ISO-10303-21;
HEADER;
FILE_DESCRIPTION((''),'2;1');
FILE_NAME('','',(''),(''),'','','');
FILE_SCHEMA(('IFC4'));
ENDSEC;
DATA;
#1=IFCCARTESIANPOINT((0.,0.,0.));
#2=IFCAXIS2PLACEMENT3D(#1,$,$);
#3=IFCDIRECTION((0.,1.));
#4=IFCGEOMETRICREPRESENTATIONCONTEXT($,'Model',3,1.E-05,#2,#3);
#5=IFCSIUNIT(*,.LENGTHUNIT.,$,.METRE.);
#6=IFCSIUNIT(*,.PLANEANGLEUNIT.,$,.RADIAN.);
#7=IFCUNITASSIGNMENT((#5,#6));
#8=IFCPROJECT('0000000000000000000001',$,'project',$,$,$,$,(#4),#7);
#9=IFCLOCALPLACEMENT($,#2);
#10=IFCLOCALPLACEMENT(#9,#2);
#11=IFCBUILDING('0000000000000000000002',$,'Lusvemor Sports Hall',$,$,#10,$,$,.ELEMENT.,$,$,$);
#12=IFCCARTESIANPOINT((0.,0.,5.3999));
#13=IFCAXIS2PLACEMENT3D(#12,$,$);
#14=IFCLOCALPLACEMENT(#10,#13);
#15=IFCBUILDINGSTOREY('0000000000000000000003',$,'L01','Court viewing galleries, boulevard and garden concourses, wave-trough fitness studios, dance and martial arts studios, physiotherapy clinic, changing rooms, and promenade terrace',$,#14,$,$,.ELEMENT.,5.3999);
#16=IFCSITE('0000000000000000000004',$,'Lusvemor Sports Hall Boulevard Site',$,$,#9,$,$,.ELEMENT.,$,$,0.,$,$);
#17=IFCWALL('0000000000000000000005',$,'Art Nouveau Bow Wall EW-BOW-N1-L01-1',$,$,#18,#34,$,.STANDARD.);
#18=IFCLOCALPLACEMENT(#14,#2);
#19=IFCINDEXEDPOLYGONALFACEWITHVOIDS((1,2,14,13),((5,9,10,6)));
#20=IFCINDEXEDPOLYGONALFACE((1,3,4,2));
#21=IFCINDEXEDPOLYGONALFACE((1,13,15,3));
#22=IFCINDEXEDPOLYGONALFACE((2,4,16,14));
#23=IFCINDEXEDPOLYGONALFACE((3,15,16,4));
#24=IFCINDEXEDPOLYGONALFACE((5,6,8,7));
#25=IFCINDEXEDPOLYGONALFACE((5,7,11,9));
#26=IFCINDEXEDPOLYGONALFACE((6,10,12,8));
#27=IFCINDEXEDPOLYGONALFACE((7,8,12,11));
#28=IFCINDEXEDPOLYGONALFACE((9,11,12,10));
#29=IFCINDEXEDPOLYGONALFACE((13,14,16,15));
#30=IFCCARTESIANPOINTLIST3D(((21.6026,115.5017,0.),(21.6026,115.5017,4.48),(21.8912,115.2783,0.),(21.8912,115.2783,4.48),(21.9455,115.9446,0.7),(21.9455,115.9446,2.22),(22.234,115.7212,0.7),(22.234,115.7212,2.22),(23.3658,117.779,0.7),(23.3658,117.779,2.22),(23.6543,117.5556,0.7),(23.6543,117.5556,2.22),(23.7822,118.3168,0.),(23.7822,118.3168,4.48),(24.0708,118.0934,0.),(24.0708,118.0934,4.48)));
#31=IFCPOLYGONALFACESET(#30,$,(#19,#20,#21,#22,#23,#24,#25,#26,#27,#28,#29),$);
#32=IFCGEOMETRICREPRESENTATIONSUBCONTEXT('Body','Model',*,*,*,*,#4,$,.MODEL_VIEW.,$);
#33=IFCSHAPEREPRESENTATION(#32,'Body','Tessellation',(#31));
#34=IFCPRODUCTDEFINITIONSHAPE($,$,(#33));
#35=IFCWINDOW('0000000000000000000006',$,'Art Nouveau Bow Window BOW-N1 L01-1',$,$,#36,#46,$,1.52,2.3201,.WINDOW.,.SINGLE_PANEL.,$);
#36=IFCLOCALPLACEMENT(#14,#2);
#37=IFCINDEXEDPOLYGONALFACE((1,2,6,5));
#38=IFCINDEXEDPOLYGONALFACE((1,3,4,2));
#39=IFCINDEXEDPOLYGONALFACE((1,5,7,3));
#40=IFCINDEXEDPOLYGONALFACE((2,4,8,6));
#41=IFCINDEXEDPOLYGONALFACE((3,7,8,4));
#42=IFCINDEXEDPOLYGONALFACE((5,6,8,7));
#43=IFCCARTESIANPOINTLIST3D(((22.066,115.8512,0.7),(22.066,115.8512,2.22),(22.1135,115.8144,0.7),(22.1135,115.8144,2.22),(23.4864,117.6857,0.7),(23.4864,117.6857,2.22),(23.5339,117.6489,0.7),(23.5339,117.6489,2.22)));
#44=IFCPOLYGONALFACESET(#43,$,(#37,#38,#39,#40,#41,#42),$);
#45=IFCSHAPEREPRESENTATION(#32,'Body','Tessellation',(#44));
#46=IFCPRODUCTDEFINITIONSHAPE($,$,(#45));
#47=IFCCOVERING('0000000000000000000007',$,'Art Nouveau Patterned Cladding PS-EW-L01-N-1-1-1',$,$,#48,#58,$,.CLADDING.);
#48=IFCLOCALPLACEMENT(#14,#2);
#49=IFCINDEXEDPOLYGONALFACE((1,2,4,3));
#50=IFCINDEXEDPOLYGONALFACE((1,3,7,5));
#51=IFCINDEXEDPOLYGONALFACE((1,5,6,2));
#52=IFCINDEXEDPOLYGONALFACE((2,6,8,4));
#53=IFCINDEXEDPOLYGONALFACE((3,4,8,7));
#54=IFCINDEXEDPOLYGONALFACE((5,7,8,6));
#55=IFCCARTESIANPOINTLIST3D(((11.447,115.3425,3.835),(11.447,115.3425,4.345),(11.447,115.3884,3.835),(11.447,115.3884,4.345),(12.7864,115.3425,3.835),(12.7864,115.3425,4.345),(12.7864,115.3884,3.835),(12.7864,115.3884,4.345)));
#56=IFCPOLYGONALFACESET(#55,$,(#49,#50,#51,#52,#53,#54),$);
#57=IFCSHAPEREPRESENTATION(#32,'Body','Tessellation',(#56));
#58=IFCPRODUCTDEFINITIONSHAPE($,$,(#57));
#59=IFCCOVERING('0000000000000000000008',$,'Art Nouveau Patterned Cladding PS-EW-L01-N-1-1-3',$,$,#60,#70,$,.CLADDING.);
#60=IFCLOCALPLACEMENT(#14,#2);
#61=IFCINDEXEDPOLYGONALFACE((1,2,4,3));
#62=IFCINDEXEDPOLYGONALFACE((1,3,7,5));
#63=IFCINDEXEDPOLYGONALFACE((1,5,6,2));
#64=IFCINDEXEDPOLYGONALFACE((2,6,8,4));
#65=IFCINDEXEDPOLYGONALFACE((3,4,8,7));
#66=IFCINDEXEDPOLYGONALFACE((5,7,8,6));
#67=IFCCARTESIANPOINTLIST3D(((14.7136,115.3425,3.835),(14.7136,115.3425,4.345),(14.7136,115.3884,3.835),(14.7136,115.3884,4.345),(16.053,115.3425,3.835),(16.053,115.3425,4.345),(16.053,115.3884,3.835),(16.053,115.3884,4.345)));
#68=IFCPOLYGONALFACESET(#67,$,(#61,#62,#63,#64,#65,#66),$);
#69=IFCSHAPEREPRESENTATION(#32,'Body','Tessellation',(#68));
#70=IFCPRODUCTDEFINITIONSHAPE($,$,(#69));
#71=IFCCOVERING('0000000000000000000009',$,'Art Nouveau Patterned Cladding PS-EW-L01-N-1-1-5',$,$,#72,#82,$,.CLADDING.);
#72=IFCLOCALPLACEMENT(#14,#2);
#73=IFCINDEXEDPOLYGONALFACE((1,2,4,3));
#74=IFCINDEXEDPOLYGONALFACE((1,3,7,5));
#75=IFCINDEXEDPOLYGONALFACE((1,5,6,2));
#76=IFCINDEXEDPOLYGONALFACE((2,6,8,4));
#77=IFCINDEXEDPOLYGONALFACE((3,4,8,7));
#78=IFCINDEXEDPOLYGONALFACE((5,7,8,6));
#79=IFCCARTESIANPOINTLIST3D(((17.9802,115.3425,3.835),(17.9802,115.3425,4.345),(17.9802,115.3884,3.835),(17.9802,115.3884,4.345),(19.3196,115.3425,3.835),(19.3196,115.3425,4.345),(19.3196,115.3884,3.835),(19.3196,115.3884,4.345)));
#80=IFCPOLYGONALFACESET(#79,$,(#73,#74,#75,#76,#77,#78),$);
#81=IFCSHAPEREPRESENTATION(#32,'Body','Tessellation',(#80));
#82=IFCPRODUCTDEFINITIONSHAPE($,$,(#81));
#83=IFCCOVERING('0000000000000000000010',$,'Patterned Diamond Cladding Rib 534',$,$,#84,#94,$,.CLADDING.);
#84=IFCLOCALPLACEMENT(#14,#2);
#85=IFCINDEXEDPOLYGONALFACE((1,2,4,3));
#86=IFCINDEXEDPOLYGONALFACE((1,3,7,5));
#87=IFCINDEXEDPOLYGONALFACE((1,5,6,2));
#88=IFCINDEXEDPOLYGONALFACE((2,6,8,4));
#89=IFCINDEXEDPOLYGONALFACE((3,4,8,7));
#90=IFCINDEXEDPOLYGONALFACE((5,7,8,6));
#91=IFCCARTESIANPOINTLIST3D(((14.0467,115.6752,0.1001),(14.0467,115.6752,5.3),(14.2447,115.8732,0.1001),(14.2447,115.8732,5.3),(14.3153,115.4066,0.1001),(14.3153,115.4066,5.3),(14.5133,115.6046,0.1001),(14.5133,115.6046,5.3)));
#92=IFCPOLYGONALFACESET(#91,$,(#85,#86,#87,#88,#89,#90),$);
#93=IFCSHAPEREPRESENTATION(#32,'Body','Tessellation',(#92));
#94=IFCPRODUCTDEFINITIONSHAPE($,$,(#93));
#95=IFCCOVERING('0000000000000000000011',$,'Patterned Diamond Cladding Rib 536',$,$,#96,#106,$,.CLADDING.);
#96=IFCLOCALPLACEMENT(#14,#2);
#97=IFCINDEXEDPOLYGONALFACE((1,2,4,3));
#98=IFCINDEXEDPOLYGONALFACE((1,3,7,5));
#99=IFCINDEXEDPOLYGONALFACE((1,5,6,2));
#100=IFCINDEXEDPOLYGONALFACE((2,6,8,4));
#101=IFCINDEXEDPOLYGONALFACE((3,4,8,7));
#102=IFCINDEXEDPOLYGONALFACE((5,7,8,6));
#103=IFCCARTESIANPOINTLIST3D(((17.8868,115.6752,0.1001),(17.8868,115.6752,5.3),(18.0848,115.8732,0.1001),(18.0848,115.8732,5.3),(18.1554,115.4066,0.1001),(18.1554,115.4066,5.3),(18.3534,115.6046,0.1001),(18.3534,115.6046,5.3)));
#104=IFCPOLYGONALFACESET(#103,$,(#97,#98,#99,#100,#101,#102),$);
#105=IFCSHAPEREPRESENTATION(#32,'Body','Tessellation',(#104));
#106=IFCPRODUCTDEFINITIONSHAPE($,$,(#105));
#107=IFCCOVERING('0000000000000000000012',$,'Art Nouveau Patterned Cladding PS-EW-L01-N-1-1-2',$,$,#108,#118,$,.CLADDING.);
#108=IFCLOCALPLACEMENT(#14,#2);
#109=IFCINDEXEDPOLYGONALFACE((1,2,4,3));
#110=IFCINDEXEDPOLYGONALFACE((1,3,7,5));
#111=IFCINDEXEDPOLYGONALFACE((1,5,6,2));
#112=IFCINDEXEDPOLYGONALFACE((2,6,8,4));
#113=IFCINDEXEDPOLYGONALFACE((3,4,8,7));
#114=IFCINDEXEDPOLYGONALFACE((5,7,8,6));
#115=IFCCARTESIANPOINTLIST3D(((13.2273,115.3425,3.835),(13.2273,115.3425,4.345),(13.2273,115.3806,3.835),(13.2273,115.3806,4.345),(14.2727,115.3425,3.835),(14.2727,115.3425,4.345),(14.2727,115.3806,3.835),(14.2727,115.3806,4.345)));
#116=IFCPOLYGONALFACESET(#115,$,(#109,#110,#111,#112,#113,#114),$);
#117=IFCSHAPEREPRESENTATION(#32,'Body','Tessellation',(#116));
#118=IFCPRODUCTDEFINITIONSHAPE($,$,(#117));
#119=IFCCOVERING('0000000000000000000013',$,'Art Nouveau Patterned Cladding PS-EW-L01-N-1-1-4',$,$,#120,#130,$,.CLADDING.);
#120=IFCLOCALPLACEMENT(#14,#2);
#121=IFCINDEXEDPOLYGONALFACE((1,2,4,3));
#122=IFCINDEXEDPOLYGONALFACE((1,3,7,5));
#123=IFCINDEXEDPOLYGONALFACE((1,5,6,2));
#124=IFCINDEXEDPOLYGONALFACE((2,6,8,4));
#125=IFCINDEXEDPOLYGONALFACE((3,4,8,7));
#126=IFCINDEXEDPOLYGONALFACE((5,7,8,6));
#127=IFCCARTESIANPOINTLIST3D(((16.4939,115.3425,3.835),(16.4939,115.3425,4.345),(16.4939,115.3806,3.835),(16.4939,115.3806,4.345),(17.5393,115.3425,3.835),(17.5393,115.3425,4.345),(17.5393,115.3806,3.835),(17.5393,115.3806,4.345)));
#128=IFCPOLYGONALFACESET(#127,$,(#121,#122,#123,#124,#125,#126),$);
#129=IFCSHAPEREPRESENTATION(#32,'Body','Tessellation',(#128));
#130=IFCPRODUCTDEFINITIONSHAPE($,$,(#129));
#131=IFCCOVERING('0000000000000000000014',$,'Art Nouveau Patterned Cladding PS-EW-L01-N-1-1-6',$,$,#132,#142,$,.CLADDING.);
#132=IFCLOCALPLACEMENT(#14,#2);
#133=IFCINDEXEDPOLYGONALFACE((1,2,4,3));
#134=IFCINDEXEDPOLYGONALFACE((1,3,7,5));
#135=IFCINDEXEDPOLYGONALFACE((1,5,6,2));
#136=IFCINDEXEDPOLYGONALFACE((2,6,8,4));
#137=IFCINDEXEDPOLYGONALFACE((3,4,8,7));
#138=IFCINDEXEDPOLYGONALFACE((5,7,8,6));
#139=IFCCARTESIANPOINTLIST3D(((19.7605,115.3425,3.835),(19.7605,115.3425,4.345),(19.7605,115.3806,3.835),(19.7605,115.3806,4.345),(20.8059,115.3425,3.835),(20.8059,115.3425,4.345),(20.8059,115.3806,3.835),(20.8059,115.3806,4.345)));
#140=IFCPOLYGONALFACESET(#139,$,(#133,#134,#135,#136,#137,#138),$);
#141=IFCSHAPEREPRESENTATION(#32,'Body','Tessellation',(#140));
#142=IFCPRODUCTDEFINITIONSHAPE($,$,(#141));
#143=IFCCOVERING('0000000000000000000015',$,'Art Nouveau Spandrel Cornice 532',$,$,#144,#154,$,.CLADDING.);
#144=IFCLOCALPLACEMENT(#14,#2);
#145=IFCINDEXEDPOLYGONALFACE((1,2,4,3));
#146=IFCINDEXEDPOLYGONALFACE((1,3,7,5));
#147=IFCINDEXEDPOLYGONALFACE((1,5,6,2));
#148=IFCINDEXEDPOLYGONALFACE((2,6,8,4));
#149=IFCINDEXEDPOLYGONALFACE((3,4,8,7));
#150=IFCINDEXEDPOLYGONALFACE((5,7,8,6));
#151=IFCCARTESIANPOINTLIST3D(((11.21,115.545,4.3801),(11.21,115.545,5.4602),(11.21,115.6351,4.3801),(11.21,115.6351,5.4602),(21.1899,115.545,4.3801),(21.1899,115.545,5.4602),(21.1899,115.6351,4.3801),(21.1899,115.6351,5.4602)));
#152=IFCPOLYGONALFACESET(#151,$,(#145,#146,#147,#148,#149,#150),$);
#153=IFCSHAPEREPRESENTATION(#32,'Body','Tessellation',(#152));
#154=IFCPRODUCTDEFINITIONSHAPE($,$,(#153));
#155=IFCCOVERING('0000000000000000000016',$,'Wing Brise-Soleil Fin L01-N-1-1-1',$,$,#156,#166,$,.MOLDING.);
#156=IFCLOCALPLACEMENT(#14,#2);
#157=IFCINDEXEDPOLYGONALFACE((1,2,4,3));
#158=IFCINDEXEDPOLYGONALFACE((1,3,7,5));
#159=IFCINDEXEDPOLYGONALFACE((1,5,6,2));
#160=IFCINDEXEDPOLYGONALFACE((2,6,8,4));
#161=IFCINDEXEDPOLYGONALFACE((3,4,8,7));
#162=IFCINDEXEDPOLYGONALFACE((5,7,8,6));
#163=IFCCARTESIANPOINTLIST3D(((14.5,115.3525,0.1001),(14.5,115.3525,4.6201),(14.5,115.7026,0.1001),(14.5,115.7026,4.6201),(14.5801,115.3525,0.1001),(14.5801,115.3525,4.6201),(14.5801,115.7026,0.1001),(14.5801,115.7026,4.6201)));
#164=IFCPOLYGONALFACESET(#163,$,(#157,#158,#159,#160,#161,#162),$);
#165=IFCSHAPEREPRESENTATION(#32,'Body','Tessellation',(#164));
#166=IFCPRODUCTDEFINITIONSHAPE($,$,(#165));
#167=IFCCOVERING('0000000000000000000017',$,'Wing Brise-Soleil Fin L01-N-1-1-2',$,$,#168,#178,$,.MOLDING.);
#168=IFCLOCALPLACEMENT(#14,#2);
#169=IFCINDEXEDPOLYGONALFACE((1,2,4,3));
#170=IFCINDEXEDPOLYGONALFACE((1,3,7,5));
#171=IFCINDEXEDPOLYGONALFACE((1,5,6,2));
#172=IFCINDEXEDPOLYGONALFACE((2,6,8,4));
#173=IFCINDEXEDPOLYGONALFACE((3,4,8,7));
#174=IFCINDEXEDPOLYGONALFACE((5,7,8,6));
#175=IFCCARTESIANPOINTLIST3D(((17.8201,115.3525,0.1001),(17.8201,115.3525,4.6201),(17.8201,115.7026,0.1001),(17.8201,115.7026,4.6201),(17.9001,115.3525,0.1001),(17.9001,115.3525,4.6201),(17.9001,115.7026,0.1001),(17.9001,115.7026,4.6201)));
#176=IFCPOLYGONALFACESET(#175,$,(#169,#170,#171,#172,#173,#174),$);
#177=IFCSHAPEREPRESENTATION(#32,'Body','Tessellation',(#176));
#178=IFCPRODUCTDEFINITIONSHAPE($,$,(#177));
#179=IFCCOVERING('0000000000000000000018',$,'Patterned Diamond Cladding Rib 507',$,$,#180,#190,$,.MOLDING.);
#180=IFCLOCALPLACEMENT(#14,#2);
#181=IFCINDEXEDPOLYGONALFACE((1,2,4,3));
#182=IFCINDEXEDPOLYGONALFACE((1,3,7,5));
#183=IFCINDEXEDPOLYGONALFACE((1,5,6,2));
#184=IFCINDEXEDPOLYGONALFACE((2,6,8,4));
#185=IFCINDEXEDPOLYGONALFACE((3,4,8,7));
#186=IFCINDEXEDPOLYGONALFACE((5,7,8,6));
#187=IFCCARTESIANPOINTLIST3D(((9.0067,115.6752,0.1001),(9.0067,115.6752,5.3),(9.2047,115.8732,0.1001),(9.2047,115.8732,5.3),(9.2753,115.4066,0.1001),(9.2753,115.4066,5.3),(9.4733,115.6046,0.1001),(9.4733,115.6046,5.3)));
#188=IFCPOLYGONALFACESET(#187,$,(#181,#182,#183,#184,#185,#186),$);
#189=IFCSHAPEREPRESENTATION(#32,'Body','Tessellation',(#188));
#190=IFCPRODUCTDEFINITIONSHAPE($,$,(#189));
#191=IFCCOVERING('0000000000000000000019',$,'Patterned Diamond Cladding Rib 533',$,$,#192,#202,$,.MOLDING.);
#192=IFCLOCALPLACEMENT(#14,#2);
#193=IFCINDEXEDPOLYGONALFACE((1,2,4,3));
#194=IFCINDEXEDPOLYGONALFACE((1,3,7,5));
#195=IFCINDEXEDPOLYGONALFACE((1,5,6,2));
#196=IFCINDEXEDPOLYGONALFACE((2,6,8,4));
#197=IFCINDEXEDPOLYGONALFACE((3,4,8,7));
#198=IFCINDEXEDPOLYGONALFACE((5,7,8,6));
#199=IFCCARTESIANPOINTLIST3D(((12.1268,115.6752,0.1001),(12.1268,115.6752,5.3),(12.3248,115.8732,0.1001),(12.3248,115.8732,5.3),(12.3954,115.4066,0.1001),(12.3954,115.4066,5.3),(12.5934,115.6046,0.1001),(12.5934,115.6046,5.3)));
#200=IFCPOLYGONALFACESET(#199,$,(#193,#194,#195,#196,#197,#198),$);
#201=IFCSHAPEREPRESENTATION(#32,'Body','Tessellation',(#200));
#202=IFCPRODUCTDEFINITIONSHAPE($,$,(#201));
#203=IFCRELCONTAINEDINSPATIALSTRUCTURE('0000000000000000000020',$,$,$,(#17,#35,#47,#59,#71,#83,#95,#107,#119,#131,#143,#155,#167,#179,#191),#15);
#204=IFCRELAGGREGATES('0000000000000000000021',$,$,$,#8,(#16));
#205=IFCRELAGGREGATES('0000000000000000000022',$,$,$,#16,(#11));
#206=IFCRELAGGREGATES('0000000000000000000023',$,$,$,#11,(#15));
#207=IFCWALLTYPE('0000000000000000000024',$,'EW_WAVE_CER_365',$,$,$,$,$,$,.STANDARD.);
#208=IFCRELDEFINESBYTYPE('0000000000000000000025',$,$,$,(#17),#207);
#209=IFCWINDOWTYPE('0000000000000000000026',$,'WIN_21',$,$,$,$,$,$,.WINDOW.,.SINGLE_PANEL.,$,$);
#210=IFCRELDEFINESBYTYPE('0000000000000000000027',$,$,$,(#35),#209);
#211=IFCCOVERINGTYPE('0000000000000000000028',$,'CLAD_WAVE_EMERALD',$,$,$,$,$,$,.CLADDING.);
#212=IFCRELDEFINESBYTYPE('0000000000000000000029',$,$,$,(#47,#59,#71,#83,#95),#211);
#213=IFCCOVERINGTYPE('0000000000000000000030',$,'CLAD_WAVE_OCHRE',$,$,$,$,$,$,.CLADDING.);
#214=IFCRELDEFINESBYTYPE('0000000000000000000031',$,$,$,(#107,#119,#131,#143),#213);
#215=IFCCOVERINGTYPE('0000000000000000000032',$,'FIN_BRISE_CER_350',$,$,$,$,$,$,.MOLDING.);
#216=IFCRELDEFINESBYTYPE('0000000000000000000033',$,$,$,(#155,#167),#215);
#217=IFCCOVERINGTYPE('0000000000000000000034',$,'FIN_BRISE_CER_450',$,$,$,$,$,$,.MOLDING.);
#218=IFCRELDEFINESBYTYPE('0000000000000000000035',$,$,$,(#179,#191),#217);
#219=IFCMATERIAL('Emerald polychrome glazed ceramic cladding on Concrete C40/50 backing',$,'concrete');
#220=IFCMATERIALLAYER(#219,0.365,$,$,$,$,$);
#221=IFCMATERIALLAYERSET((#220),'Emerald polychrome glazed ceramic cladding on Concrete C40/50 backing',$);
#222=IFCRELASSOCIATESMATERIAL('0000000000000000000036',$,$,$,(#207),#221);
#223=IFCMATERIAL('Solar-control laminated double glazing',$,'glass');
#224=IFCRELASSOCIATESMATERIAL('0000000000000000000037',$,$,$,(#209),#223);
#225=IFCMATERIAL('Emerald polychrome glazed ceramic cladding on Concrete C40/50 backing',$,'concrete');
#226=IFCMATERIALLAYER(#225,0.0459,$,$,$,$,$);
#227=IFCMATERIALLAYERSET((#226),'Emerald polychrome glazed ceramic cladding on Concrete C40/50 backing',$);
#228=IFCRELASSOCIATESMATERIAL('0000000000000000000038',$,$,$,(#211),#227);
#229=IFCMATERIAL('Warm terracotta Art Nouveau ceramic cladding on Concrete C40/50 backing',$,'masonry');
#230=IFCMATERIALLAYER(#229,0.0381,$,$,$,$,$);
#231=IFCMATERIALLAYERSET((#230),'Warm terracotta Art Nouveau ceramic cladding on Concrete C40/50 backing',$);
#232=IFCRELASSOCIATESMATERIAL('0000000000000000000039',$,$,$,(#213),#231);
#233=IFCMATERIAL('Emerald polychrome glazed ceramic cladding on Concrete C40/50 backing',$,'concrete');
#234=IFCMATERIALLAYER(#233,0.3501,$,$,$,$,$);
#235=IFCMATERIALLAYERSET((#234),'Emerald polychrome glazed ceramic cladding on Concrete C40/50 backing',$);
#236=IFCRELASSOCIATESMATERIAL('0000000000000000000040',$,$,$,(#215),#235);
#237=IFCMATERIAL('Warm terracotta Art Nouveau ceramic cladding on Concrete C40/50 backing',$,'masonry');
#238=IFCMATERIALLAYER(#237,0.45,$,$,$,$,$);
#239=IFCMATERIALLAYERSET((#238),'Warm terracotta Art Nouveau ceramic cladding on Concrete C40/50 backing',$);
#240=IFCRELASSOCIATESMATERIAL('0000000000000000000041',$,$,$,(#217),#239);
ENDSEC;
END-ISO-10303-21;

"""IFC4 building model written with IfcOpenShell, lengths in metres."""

from ifc_helpers import new_model, si_unit, direction, frame, frame_2d, origin, origin_2d, place, context, subcontext, project, spatial, rectangle, extrude, material, layer, layer_set, type_object, element, fill, save


model = new_model("IFC4")

# Units and contexts
model_context = context("Model", 3, precision=1e-05, world=origin(), true_north=direction((0.0, 1.0)))
body_context = subcontext(model_context, "Body", "Model", "MODEL_VIEW")
ifc_project = project(units=[si_unit("LENGTHUNIT", "METRE"), si_unit("PLANEANGLEUNIT", "RADIAN")], contexts=[model_context])

# Site, building, storey
site_placement = place(None, origin())
site = spatial("IfcSite", under=ifc_project, at=site_placement, Name="Lusvemor Sports Hall Boulevard Site", CompositionType="ELEMENT", RefElevation=0.0)
building_placement = place(site_placement, origin())
building = spatial("IfcBuilding", under=site, at=building_placement, Name="Lusvemor Sports Hall", CompositionType="ELEMENT")
storey_placement = place(building_placement, frame((0.0, 0.0, 5.3999)))
storey = spatial("IfcBuildingStorey", under=building, at=storey_placement, Name="L01", Description="Court viewing galleries, boulevard and garden concourses, wave-trough fitness studios, dance and martial arts studios, physiotherapy clinic, changing rooms, and promenade terrace", CompositionType="ELEMENT", Elevation=5.3999)

# Wall, opening, window
ifc_material_1 = material(Name="Emerald polychrome glazed ceramic cladding on Concrete C40/50 backing", Category="concrete")
ifc_layer_1 = layer(ifc_material_1, 0.365)
ifc_layer_set_1 = layer_set([ifc_layer_1], Name="Emerald polychrome glazed ceramic cladding on Concrete C40/50 backing")
wall_type = type_object("IfcWallType", Name="EW_WAVE_CER_365", PredefinedType="STANDARD", material=ifc_layer_set_1)
wall_placement = place(storey_placement, frame((21.7468, 115.3899, 0.0), z_axis=(0.0, 0.0, 1.0), x_axis=(0.612206, 0.790698, 0.0)))
wall = element("IfcWall", 1, at=wall_placement, inside=storey, type_object=wall_type, Name="Art Nouveau Bow Wall EW-BOW-N1-L01-1", PredefinedType="STANDARD", context=body_context, shape_type="SweptSolid", body=[
    extrude(rectangle(XDim=3.5603, YDim=0.365, at=frame_2d((1.7803, 0.0))), origin(), (0.0, 0.0, 1.0), 4.48),
])
opening_placement = place(wall_placement, frame((0.5601, 0.0, 0.7)))
opening = element("IfcOpeningElement", 2, at=opening_placement, cuts=wall, PredefinedType="OPENING", context=body_context, shape_type="SweptSolid", body=[
    extrude(rectangle(XDim=2.3201, YDim=1.52, at=frame_2d((1.1602, 0.76))), frame((0.0, 0.1826, 0.0), z_axis=(0.0, -1.0, 0.0), x_axis=(1.0, 0.0, 0.0)), (0.0, 0.0, 1.0), 0.365),
])
ifc_material_2 = material(Name="Solar-control laminated double glazing", Category="glass")
window_type = type_object("IfcWindowType", Name="WIN_21", PartitioningType="SINGLE_PANEL", PredefinedType="WINDOW", material=ifc_material_2)
window_placement = place(opening_placement, origin())
window = element("IfcWindow", 3, at=window_placement, inside=storey, type_object=window_type, Name="Art Nouveau Bow Window BOW-N1 L01-1", OverallHeight=1.52, OverallWidth=2.3201, PartitioningType="SINGLE_PANEL", PredefinedType="WINDOW", context=body_context, shape_type="SweptSolid", body=[
    extrude(rectangle(XDim=2.3201, YDim=1.52, at=frame_2d((1.1602, 0.76))), frame((0.0, 0.03, 0.0), z_axis=(0.0, -1.0, 0.0), x_axis=(1.0, 0.0, 0.0)), (0.0, 0.0, 1.0), 0.0601),
])
fill(opening, window)

# Coverings
ifc_material_3 = material(Name="Emerald polychrome glazed ceramic cladding on Concrete C40/50 backing", Category="concrete")
ifc_layer_2 = layer(ifc_material_3, 0.0459)
ifc_layer_set_2 = layer_set([ifc_layer_2], Name="Emerald polychrome glazed ceramic cladding on Concrete C40/50 backing")
covering_type_1 = type_object("IfcCoveringType", Name="CLAD_WAVE_EMERALD", PredefinedType="CLADDING", material=ifc_layer_set_2)
for number, where, z_axis, x_axis, name in (
    (4, (12.1167, 115.3655, 3.835), (0.0, 0.0, 1.0), (1.0, 0.0, 0.0), "Art Nouveau Patterned Cladding PS-EW-L01-N-1-1-1"),
    (5, (15.3833, 115.3655, 3.835), (0.0, 0.0, 1.0), (1.0, 0.0, 0.0), "Art Nouveau Patterned Cladding PS-EW-L01-N-1-1-3"),
    (6, (18.6499, 115.3655, 3.835), (0.0, 0.0, 1.0), (1.0, 0.0, 0.0), "Art Nouveau Patterned Cladding PS-EW-L01-N-1-1-5"),
):
    element("IfcCovering", number, at=place(storey_placement, frame(where, z_axis=z_axis, x_axis=x_axis)), inside=storey, type_object=covering_type_1, Name=name, PredefinedType="CLADDING", context=body_context, shape_type="SweptSolid", body=[
        extrude(rectangle(XDim=1.3394, YDim=0.0459, at=origin_2d()), origin(), (0.0, 0.0, 1.0), 0.51),
    ])
for number, where, z_axis, x_axis, name in (
    (7, (14.28, 115.6399, 0.1001), (0.0, 0.0, 1.0), (0.707107, 0.707107, 0.0), "Patterned Diamond Cladding Rib 534"),
    (8, (18.1201, 115.6399, 0.1001), (0.0, 0.0, 1.0), (0.707107, 0.707107, 0.0), "Patterned Diamond Cladding Rib 536"),
):
    element("IfcCovering", number, at=place(storey_placement, frame(where, z_axis=z_axis, x_axis=x_axis)), inside=storey, type_object=covering_type_1, Name=name, PredefinedType="CLADDING", context=body_context, shape_type="SweptSolid", body=[
        extrude(rectangle(XDim=0.28, YDim=0.3799, at=origin_2d()), origin(), (0.0, 0.0, 1.0), 5.2),
    ])
ifc_material_4 = material(Name="Warm terracotta Art Nouveau ceramic cladding on Concrete C40/50 backing", Category="masonry")
ifc_layer_3 = layer(ifc_material_4, 0.0381)
ifc_layer_set_3 = layer_set([ifc_layer_3], Name="Warm terracotta Art Nouveau ceramic cladding on Concrete C40/50 backing")
covering_type_2 = type_object("IfcCoveringType", Name="CLAD_WAVE_OCHRE", PredefinedType="CLADDING", material=ifc_layer_set_3)
for number, where, z_axis, x_axis, name in (
    (9, (13.75, 115.3616, 3.835), (0.0, 0.0, 1.0), (1.0, 0.0, 0.0), "Art Nouveau Patterned Cladding PS-EW-L01-N-1-1-2"),
    (10, (17.0166, 115.3616, 3.835), (0.0, 0.0, 1.0), (1.0, 0.0, 0.0), "Art Nouveau Patterned Cladding PS-EW-L01-N-1-1-4"),
    (11, (20.2832, 115.3616, 3.835), (0.0, 0.0, 1.0), (1.0, 0.0, 0.0), "Art Nouveau Patterned Cladding PS-EW-L01-N-1-1-6"),
):
    element("IfcCovering", number, at=place(storey_placement, frame(where, z_axis=z_axis, x_axis=x_axis)), inside=storey, type_object=covering_type_2, Name=name, PredefinedType="CLADDING", context=body_context, shape_type="SweptSolid", body=[
        extrude(rectangle(XDim=1.0454, YDim=0.0381, at=origin_2d()), origin(), (0.0, 0.0, 1.0), 0.51),
    ])
covering_placement = place(storey_placement, frame((16.2, 115.5901, 4.3801), z_axis=(0.0, 0.0, 1.0), x_axis=(1.0, 0.0, 0.0)))
element("IfcCovering", 12, at=covering_placement, inside=storey, type_object=covering_type_2, Name="Art Nouveau Spandrel Cornice 532", PredefinedType="CLADDING", context=body_context, shape_type="SweptSolid", body=[
    extrude(rectangle(XDim=9.98, YDim=0.0901, at=origin_2d()), origin(), (0.0, 0.0, 1.0), 1.0801),
])
ifc_material_5 = material(Name="Emerald polychrome glazed ceramic cladding on Concrete C40/50 backing", Category="concrete")
ifc_layer_4 = layer(ifc_material_5, 0.3501)
ifc_layer_set_4 = layer_set([ifc_layer_4], Name="Emerald polychrome glazed ceramic cladding on Concrete C40/50 backing")
covering_type_3 = type_object("IfcCoveringType", Name="FIN_BRISE_CER_350", PredefinedType="MOLDING", material=ifc_layer_set_4)
for number, where, z_axis, x_axis, name in (
    (13, (14.54, 115.5276, 0.1001), (0.0, 0.0, 1.0), (1.0, 0.0, 0.0), "Wing Brise-Soleil Fin L01-N-1-1-1"),
    (14, (17.8601, 115.5276, 0.1001), (0.0, 0.0, 1.0), (1.0, 0.0, 0.0), "Wing Brise-Soleil Fin L01-N-1-1-2"),
):
    element("IfcCovering", number, at=place(storey_placement, frame(where, z_axis=z_axis, x_axis=x_axis)), inside=storey, type_object=covering_type_3, Name=name, PredefinedType="MOLDING", context=body_context, shape_type="SweptSolid", body=[
        extrude(rectangle(XDim=0.0801, YDim=0.3501, at=origin_2d()), origin(), (0.0, 0.0, 1.0), 4.52),
    ])
ifc_material_6 = material(Name="Warm terracotta Art Nouveau ceramic cladding on Concrete C40/50 backing", Category="masonry")
ifc_layer_5 = layer(ifc_material_6, 0.45)
ifc_layer_set_5 = layer_set([ifc_layer_5], Name="Warm terracotta Art Nouveau ceramic cladding on Concrete C40/50 backing")
covering_type_4 = type_object("IfcCoveringType", Name="FIN_BRISE_CER_450", PredefinedType="MOLDING", material=ifc_layer_set_5)
for number, where, z_axis, x_axis, name in (
    (15, (9.24, 115.6399, 0.1001), (0.0, 0.0, 1.0), (0.707107, 0.707107, 0.0), "Patterned Diamond Cladding Rib 507"),
    (16, (12.3601, 115.6399, 0.1001), (0.0, 0.0, 1.0), (0.707107, 0.707107, 0.0), "Patterned Diamond Cladding Rib 533"),
):
    element("IfcCovering", number, at=place(storey_placement, frame(where, z_axis=z_axis, x_axis=x_axis)), inside=storey, type_object=covering_type_4, Name=name, PredefinedType="MOLDING", context=body_context, shape_type="SweptSolid", body=[
        extrude(rectangle(XDim=0.28, YDim=0.3799, at=origin_2d()), origin(), (0.0, 0.0, 1.0), 5.2),
    ])

save(model, "model.ifc")
